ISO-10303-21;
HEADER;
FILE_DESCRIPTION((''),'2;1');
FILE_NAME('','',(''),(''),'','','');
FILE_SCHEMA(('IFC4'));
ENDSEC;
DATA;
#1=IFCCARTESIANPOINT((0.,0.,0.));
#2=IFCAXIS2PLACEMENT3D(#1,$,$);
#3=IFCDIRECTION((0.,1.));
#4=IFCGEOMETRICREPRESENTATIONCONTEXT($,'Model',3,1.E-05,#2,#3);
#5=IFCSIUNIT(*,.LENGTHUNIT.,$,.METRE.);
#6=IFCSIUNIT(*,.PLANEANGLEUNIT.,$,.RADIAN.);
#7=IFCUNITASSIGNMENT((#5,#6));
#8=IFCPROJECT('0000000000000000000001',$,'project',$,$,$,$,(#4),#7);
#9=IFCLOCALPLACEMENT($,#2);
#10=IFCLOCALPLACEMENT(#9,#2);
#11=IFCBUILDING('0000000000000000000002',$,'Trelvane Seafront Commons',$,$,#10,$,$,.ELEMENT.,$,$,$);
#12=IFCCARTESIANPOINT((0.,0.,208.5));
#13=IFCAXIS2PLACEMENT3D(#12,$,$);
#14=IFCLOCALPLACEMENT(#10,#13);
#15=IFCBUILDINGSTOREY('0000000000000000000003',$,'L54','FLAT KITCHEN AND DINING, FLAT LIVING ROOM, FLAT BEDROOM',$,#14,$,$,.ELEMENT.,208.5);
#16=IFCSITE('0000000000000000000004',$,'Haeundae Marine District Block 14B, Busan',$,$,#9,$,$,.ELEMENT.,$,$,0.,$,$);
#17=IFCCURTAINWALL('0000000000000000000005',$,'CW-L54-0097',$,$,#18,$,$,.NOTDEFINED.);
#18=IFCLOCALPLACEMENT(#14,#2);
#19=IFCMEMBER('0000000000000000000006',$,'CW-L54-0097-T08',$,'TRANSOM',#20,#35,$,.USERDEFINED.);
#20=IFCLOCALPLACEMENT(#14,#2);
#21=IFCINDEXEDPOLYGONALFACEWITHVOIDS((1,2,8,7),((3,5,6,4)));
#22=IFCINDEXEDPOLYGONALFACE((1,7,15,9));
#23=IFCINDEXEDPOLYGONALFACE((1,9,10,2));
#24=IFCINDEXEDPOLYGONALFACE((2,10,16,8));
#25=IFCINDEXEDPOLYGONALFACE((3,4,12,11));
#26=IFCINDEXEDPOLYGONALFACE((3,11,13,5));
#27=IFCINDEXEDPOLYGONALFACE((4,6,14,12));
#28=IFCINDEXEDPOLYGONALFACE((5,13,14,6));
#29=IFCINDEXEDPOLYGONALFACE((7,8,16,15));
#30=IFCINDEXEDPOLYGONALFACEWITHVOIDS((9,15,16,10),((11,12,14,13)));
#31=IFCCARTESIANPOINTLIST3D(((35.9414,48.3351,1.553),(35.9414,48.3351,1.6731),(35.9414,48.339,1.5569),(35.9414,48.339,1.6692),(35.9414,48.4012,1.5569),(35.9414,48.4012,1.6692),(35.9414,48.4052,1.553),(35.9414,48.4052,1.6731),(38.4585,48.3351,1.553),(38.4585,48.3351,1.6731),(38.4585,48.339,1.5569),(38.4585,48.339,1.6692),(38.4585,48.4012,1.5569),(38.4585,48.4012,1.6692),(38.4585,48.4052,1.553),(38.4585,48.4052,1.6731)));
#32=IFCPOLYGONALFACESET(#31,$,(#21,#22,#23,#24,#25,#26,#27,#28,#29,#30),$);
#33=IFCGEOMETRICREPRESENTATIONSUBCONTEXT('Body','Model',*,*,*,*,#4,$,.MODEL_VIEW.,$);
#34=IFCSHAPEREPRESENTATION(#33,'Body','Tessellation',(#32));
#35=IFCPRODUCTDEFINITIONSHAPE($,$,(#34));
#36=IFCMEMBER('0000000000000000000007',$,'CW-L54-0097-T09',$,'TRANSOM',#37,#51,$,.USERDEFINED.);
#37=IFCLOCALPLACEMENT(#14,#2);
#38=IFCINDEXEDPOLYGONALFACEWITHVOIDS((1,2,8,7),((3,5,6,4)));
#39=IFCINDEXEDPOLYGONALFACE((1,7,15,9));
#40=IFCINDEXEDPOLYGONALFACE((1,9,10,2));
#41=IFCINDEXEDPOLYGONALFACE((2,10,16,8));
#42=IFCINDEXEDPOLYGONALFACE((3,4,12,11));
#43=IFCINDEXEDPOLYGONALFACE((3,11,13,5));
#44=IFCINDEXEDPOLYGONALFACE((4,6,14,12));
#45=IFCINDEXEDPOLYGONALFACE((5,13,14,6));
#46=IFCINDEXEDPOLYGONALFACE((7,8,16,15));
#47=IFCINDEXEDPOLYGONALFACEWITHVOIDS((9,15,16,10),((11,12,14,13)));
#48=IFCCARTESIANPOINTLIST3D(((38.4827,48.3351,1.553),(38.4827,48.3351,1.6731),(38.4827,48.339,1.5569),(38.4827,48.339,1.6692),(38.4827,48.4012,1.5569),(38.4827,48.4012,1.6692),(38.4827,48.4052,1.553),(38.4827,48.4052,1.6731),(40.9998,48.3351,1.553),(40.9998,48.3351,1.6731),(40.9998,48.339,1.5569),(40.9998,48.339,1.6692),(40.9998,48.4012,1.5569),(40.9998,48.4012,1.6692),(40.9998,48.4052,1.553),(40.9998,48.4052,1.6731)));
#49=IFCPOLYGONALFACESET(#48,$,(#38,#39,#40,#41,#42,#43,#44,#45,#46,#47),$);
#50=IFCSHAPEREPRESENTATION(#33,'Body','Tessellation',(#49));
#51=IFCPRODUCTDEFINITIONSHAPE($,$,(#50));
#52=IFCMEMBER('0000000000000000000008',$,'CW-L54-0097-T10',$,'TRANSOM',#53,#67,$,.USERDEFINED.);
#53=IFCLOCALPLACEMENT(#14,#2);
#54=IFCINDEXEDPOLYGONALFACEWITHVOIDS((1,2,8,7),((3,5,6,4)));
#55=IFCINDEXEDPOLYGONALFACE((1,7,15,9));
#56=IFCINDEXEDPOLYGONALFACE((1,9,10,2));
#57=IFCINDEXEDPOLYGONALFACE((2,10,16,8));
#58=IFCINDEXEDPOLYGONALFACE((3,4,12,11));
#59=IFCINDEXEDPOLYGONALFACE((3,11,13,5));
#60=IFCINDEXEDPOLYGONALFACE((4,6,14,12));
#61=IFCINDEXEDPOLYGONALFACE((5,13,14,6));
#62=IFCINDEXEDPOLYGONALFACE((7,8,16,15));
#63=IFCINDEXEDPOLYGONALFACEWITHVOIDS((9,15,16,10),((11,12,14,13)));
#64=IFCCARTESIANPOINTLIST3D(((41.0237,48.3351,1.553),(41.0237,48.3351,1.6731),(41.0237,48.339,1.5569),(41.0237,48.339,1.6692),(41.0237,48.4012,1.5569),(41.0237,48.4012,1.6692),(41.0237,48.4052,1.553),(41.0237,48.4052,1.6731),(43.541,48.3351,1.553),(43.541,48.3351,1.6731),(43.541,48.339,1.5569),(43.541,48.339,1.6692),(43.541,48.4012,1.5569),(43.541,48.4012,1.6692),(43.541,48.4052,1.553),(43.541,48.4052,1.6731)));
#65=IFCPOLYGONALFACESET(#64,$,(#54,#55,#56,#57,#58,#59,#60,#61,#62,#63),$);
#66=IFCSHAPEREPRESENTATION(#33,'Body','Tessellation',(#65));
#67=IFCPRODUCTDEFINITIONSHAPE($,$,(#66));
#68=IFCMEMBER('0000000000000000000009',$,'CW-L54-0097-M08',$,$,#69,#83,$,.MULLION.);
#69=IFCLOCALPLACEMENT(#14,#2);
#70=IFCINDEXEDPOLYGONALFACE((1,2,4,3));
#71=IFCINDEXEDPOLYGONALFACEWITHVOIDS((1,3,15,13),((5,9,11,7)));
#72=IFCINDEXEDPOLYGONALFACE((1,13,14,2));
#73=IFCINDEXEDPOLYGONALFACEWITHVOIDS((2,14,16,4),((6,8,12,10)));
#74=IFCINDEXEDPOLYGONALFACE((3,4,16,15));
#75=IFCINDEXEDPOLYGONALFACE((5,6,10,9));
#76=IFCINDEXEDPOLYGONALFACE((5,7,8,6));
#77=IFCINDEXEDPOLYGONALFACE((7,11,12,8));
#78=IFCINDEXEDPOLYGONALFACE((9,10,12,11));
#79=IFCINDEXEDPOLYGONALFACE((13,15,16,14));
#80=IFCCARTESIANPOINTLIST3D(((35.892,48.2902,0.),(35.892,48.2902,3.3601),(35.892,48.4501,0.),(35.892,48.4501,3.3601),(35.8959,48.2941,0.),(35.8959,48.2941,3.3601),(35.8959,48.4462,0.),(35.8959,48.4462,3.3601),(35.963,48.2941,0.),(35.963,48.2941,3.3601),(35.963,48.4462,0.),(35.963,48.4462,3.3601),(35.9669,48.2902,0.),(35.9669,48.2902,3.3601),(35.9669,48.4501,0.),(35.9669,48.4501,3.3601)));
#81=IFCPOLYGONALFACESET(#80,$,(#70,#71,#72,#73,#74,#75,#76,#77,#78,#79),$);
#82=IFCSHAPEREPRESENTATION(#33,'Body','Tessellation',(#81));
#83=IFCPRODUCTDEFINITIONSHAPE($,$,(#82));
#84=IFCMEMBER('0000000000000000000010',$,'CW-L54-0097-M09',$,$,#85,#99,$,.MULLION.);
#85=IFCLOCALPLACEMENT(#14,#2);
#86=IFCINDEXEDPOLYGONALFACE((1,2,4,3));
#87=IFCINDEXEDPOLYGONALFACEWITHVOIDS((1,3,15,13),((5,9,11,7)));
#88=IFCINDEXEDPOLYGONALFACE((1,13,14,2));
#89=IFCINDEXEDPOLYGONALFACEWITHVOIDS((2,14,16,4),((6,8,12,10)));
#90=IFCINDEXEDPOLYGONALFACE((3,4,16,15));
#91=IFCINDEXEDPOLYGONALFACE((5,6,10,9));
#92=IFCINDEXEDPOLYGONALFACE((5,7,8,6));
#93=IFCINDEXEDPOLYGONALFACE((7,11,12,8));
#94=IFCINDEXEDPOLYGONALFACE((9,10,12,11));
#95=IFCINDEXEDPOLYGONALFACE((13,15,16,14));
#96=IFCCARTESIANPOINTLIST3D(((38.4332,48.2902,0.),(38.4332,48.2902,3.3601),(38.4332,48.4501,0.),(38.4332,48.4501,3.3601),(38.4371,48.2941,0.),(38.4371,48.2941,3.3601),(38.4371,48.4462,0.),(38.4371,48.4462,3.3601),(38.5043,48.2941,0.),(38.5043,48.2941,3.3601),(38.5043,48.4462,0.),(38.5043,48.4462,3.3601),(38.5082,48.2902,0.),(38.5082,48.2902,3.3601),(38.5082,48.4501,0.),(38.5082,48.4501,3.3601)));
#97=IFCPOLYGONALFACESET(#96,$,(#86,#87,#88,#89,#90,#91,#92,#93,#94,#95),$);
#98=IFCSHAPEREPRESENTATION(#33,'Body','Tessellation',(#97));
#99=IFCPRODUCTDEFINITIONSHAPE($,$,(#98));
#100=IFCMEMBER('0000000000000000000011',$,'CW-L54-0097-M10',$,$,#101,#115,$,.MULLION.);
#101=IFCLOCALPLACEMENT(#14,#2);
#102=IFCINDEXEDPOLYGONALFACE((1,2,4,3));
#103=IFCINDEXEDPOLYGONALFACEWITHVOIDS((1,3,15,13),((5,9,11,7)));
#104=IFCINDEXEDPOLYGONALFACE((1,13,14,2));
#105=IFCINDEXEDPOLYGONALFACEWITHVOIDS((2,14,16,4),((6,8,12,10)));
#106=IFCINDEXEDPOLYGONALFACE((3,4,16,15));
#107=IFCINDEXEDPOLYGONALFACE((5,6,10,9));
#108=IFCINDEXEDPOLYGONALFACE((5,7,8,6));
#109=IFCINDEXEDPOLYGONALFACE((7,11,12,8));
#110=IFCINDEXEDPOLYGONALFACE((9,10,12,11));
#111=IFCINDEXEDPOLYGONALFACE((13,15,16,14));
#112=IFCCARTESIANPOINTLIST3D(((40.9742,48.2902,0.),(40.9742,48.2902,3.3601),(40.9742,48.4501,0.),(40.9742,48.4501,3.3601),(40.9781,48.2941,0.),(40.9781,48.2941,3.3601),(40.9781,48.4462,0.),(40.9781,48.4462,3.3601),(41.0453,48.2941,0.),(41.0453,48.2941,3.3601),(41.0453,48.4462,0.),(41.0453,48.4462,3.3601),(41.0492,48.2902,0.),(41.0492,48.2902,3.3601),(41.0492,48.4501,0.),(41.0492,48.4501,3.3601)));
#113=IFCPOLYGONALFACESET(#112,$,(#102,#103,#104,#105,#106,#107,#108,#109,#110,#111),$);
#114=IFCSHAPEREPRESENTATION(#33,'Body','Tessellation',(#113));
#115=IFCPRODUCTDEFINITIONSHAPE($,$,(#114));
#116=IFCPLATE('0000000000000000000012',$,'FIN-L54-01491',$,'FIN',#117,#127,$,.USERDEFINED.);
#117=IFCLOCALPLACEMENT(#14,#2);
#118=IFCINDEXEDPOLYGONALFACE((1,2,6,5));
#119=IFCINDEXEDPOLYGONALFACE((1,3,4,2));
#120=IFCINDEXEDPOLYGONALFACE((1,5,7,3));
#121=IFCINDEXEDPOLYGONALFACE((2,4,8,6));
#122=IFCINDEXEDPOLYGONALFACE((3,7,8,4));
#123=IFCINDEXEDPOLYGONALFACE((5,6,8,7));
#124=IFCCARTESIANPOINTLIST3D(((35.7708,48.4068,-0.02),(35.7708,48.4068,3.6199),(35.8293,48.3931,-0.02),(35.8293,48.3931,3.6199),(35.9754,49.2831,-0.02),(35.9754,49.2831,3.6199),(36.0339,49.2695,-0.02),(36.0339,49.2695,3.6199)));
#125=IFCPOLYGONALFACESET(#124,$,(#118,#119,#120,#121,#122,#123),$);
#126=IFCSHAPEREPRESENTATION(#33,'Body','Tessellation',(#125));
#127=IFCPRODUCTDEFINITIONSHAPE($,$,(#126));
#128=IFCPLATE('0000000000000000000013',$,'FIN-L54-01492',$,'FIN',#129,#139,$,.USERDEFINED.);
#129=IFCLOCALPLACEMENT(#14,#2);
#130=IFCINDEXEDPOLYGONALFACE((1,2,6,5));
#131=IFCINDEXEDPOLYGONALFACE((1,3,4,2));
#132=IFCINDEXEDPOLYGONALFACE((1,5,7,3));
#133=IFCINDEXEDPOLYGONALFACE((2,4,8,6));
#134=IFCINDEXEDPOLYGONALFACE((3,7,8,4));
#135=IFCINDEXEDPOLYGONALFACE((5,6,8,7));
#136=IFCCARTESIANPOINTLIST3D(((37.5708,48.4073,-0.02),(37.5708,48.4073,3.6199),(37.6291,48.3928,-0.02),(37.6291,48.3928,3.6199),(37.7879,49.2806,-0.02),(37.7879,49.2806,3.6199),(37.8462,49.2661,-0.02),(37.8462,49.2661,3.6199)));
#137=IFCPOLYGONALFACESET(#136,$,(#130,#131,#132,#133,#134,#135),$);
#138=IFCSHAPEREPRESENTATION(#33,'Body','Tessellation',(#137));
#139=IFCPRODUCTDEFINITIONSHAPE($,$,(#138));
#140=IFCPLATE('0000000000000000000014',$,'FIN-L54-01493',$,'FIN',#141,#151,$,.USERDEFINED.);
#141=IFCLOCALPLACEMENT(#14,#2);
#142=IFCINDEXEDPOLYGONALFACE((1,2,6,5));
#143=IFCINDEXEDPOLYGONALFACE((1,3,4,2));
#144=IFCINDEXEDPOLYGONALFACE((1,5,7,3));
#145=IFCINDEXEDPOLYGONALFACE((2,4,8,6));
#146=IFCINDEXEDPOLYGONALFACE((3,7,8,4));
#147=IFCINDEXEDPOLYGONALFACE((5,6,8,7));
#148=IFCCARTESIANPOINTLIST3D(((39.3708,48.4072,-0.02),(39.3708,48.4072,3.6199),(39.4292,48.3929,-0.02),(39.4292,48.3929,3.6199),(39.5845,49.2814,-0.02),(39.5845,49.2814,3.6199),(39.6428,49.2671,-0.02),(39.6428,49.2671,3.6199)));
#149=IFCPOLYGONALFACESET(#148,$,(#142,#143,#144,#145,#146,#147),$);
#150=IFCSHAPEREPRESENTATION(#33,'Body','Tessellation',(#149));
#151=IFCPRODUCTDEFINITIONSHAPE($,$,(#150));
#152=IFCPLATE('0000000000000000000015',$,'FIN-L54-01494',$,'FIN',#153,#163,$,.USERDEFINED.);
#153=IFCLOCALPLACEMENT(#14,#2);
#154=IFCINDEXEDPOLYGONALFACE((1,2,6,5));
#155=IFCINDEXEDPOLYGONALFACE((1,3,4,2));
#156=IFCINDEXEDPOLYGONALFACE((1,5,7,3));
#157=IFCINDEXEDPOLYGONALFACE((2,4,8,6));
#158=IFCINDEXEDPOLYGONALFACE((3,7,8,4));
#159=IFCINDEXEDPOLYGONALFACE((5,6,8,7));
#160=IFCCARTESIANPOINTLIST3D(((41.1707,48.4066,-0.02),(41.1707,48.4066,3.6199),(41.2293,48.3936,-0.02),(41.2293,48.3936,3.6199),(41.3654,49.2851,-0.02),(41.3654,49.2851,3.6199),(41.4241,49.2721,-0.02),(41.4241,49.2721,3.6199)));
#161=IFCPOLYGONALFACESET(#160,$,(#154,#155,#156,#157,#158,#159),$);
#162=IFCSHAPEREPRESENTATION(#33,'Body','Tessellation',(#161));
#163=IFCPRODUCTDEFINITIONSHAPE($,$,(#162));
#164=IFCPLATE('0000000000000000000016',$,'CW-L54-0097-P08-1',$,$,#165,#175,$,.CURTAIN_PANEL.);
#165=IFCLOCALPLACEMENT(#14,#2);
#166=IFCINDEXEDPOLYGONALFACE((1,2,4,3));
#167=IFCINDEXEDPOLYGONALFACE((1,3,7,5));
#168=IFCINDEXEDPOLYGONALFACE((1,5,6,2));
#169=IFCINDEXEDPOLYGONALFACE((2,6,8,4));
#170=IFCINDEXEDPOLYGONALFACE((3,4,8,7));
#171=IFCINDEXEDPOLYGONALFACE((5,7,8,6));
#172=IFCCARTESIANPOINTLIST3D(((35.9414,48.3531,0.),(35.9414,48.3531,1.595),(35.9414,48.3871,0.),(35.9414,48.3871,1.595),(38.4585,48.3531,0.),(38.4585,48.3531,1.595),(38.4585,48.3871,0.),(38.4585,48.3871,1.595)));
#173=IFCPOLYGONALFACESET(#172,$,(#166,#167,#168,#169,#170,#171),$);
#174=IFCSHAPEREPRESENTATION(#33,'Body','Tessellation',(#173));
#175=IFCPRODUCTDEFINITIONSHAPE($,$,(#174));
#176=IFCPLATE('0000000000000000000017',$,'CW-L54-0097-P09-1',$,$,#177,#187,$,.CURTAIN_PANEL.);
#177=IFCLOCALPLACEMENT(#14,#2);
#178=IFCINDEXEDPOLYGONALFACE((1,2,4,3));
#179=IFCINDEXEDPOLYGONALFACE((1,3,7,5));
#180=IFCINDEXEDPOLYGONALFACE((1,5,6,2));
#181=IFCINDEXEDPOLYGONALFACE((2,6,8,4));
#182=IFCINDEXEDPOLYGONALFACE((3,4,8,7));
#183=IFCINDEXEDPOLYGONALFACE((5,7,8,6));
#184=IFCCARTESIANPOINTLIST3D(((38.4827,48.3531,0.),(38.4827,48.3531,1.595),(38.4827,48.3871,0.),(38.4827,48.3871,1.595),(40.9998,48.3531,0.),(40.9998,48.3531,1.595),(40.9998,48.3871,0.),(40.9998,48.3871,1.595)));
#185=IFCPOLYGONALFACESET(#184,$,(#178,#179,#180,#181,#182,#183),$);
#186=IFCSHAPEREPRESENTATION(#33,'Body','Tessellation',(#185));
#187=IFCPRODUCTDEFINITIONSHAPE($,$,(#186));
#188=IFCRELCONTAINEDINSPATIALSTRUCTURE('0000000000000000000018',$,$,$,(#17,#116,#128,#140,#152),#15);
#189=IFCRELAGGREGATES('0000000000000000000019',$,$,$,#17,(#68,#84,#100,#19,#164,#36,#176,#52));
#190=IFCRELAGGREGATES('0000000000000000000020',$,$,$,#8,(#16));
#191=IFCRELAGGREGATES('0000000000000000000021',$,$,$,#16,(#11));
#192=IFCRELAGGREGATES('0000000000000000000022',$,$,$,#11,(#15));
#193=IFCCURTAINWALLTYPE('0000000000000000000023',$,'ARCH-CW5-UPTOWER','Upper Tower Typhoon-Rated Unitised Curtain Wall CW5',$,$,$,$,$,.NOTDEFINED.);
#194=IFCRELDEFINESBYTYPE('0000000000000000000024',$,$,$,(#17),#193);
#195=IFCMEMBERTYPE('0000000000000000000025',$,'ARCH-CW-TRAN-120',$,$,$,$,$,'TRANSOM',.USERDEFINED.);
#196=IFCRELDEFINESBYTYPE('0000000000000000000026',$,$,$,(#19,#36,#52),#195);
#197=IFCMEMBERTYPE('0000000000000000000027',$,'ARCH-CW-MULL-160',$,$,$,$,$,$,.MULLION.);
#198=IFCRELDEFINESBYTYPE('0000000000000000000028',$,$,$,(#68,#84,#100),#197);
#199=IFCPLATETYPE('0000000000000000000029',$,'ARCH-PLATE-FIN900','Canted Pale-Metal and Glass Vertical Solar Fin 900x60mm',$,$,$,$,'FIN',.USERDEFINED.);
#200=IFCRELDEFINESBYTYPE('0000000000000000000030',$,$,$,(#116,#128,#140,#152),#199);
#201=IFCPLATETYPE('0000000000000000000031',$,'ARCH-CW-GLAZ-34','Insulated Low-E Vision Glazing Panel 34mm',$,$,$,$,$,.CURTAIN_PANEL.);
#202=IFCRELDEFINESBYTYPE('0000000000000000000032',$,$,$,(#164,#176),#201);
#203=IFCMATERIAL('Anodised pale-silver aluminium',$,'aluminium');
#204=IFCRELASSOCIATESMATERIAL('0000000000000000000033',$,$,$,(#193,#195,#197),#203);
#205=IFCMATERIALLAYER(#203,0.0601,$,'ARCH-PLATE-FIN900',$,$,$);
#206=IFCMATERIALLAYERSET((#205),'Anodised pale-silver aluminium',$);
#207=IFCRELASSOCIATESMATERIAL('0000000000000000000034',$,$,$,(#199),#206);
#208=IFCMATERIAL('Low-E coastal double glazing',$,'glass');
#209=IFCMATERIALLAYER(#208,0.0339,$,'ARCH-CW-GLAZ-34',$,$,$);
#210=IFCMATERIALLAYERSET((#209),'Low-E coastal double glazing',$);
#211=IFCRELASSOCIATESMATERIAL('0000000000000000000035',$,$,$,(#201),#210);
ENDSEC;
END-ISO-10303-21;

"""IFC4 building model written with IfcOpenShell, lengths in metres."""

from ifc_helpers import new_model, si_unit, direction, frame, origin, origin_2d, place, context, subcontext, project, spatial, rectangle, hollow_rectangle, extrude, source, transform, mapped, material, layer, layer_set, material_profile, profile_set, type_object, element, aggregate, save


model = new_model("IFC4")

# Units and contexts
model_context = context("Model", 3, precision=1e-05, world=origin(), true_north=direction((0.0, 1.0)))
body_context = subcontext(model_context, "Body", "Model", "MODEL_VIEW")
ifc_project = project(units=[si_unit("LENGTHUNIT", "METRE"), si_unit("PLANEANGLEUNIT", "RADIAN")], contexts=[model_context])

# Site, building, storey
site_placement = place(None, origin())
site = spatial("IfcSite", under=ifc_project, at=site_placement, Name="Haeundae Marine District Block 14B, Busan", CompositionType="ELEMENT", RefElevation=0.0)
building_placement = place(site_placement, origin())
building = spatial("IfcBuilding", under=site, at=building_placement, Name="Trelvane Seafront Commons", CompositionType="ELEMENT")
storey_placement = place(building_placement, frame((0.0, 0.0, 208.5)))
storey = spatial("IfcBuildingStorey", under=building, at=storey_placement, Name="L54", Description="FLAT KITCHEN AND DINING, FLAT LIVING ROOM, FLAT BEDROOM", CompositionType="ELEMENT", Elevation=208.5)

# Curtain wall, members
ifc_material_1 = material(Name="Anodised pale-silver aluminium", Category="aluminium")
curtain_wall_type = type_object("IfcCurtainWallType", Name="ARCH-CW5-UPTOWER", Description="Upper Tower Typhoon-Rated Unitised Curtain Wall CW5", PredefinedType="NOTDEFINED", material=ifc_material_1)
curtain_wall_placement = place(storey_placement, origin())
curtain_wall = element("IfcCurtainWall", 1, at=curtain_wall_placement, inside=storey, type_object=curtain_wall_type, Name="CW-L54-0097", PredefinedType="NOTDEFINED")
ifc_material_profile_1 = material_profile(ifc_material_1, hollow_rectangle(XDim=0.0701, YDim=0.1201, WallThickness=0.0039, at=origin_2d()), Name="TRAN-70x120x4")
ifc_profile_set_1 = profile_set([ifc_material_profile_1], Name="Anodised pale-silver aluminium")
member_type_1 = type_object("IfcMemberType", Name="ARCH-CW-TRAN-120", ElementType="TRANSOM", PredefinedType="USERDEFINED", material=ifc_profile_set_1)
shared_shape_1 = source(origin(), body_context, "Body", "SweptSolid", [
    extrude(hollow_rectangle(XDim=0.0701, YDim=0.1201, WallThickness=0.0039, at=origin_2d()), origin(), (0.0, 0.0, 1.0), 2.5171),
])
member_1_placement = place(storey_placement, frame((35.9414, 48.3701, 1.613), z_axis=(1.0, 0.0, 0.0), x_axis=(0.0, 1.0, 0.0)))
member_1 = element("IfcMember", 2, at=member_1_placement, type_object=member_type_1, Name="CW-L54-0097-T08", ObjectType="TRANSOM", PredefinedType="USERDEFINED", context=body_context, shape_type="MappedRepresentation", body=[
    mapped(shared_shape_1, transform((0.0, 0.0, 0.0), x_axis=(1.0, 0.0, 0.0), y_axis=(0.0, 1.0, 0.0), z_axis=(0.0, 0.0, 1.0), scale=1.0)),
])
member_2_placement = place(storey_placement, frame((38.4827, 48.3701, 1.613), z_axis=(1.0, 0.0, 0.0), x_axis=(0.0, 1.0, 0.0)))
member_2 = element("IfcMember", 3, at=member_2_placement, type_object=member_type_1, Name="CW-L54-0097-T09", ObjectType="TRANSOM", PredefinedType="USERDEFINED", context=body_context, shape_type="MappedRepresentation", body=[
    mapped(shared_shape_1, transform((0.0, 0.0, 0.0), x_axis=(1.0, 0.0, 0.0), y_axis=(0.0, 1.0, 0.0), z_axis=(0.0, 0.0, 1.0), scale=1.0)),
])
shared_shape_2 = source(origin(), body_context, "Body", "SweptSolid", [
    extrude(hollow_rectangle(XDim=0.0701, YDim=0.1201, WallThickness=0.0039, at=origin_2d()), origin(), (0.0, 0.0, 1.0), 2.5173),
])
member_3_placement = place(storey_placement, frame((41.0237, 48.3701, 1.613), z_axis=(1.0, 0.0, 0.0), x_axis=(0.0, 1.0, 0.0)))
member_3 = element("IfcMember", 4, at=member_3_placement, type_object=member_type_1, Name="CW-L54-0097-T10", ObjectType="TRANSOM", PredefinedType="USERDEFINED", context=body_context, shape_type="MappedRepresentation", body=[
    mapped(shared_shape_2, transform((0.0, 0.0, 0.0), x_axis=(1.0, 0.0, 0.0), y_axis=(0.0, 1.0, 0.0), z_axis=(0.0, 0.0, 1.0), scale=1.0)),
])
ifc_material_profile_2 = material_profile(ifc_material_1, hollow_rectangle(XDim=0.075, YDim=0.1599, WallThickness=0.0039, at=origin_2d()), Name="MULL-75x160x4")
ifc_profile_set_2 = profile_set([ifc_material_profile_2], Name="Anodised pale-silver aluminium")
member_type_2 = type_object("IfcMemberType", Name="ARCH-CW-MULL-160", PredefinedType="MULLION", material=ifc_profile_set_2)
shared_shape_3 = source(origin(), body_context, "Body", "SweptSolid", [
    extrude(hollow_rectangle(XDim=0.075, YDim=0.1599, WallThickness=0.0039, at=origin_2d()), origin(), (0.0, 0.0, 1.0), 3.3601),
])
member_4_placement = place(storey_placement, frame((35.9294, 48.3701, 0.0), z_axis=(0.0, 0.0, 1.0), x_axis=(1.0, 0.0, 0.0)))
member_4 = element("IfcMember", 5, at=member_4_placement, type_object=member_type_2, Name="CW-L54-0097-M08", PredefinedType="MULLION", context=body_context, shape_type="MappedRepresentation", body=[
    mapped(shared_shape_3, transform((0.0, 0.0, 0.0), x_axis=(1.0, 0.0, 0.0), y_axis=(0.0, 1.0, 0.0), z_axis=(0.0, 0.0, 1.0), scale=1.0)),
])
member_5_placement = place(storey_placement, frame((38.4707, 48.3701, 0.0), z_axis=(0.0, 0.0, 1.0), x_axis=(1.0, 0.0, 0.0)))
member_5 = element("IfcMember", 6, at=member_5_placement, type_object=member_type_2, Name="CW-L54-0097-M09", PredefinedType="MULLION", context=body_context, shape_type="MappedRepresentation", body=[
    mapped(shared_shape_3, transform((0.0, 0.0, 0.0), x_axis=(1.0, 0.0, 0.0), y_axis=(0.0, 1.0, 0.0), z_axis=(0.0, 0.0, 1.0), scale=1.0)),
])
member_6_placement = place(storey_placement, frame((41.0117, 48.3701, 0.0), z_axis=(0.0, 0.0, 1.0), x_axis=(1.0, 0.0, 0.0)))
member_6 = element("IfcMember", 7, at=member_6_placement, type_object=member_type_2, Name="CW-L54-0097-M10", PredefinedType="MULLION", context=body_context, shape_type="MappedRepresentation", body=[
    mapped(shared_shape_3, transform((0.0, 0.0, 0.0), x_axis=(1.0, 0.0, 0.0), y_axis=(0.0, 1.0, 0.0), z_axis=(0.0, 0.0, 1.0), scale=1.0)),
])

# Plates
ifc_layer_1 = layer(ifc_material_1, 0.0601, Name="ARCH-PLATE-FIN900")
ifc_layer_set_1 = layer_set([ifc_layer_1], Name="Anodised pale-silver aluminium")
plate_type_1 = type_object("IfcPlateType", Name="ARCH-PLATE-FIN900", Description="Canted Pale-Metal and Glass Vertical Solar Fin 900x60mm", ElementType="FIN", PredefinedType="USERDEFINED", material=ifc_layer_set_1)
shared_shape_4 = source(origin(), body_context, "Body", "SweptSolid", [
    extrude(rectangle(XDim=0.8999, YDim=0.0601, at=origin_2d()), origin(), (0.0, 0.0, 1.0), 3.6399),
])
for number, where, z_axis, x_axis, name in (
    (8, (35.9023, 48.8381, -0.02), (0.0, 0.0, 1.0), (0.227341, 0.973815, 0.0), "FIN-L54-01491"),
    (9, (37.7085, 48.8367, -0.02), (0.0, 0.0, 1.0), (0.241228, 0.970469, 0.0), "FIN-L54-01492"),
    (10, (39.5068, 48.8372, -0.02), (0.0, 0.0, 1.0), (0.237435, 0.971403, 0.0), "FIN-L54-01493"),
    (11, (41.2974, 48.8394, -0.02), (0.0, 0.0, 1.0), (0.216436, 0.976297, 0.0), "FIN-L54-01494"),
):
    element("IfcPlate", number, at=place(storey_placement, frame(where, z_axis=z_axis, x_axis=x_axis)), inside=storey, type_object=plate_type_1, Name=name, ObjectType="FIN", PredefinedType="USERDEFINED", context=body_context, shape_type="MappedRepresentation", body=[
        mapped(shared_shape_4, transform((0.0, 0.0, 0.0), x_axis=(1.0, 0.0, 0.0), y_axis=(0.0, 1.0, 0.0), z_axis=(0.0, 0.0, 1.0), scale=1.0)),
    ])

# Plates
ifc_material_2 = material(Name="Low-E coastal double glazing", Category="glass")
ifc_layer_2 = layer(ifc_material_2, 0.0339, Name="ARCH-CW-GLAZ-34")
ifc_layer_set_2 = layer_set([ifc_layer_2], Name="Low-E coastal double glazing")
plate_type_2 = type_object("IfcPlateType", Name="ARCH-CW-GLAZ-34", Description="Insulated Low-E Vision Glazing Panel 34mm", PredefinedType="CURTAIN_PANEL", material=ifc_layer_set_2)
shared_shape_5 = source(origin(), body_context, "Body", "SweptSolid", [
    extrude(rectangle(XDim=2.5171, YDim=0.0339, at=origin_2d()), origin(), (0.0, 0.0, 1.0), 1.595),
])
plate_1_placement = place(storey_placement, frame((37.2, 48.3701, 0.0), z_axis=(0.0, 0.0, 1.0), x_axis=(1.0, 0.0, 0.0)))
plate_1 = element("IfcPlate", 12, at=plate_1_placement, type_object=plate_type_2, Name="CW-L54-0097-P08-1", PredefinedType="CURTAIN_PANEL", context=body_context, shape_type="MappedRepresentation", body=[
    mapped(shared_shape_5, transform((0.0, 0.0, 0.0), x_axis=(1.0, 0.0, 0.0), y_axis=(0.0, 1.0, 0.0), z_axis=(0.0, 0.0, 1.0), scale=1.0)),
])
plate_2_placement = place(storey_placement, frame((39.7412, 48.3701, 0.0), z_axis=(0.0, 0.0, 1.0), x_axis=(1.0, 0.0, 0.0)))
plate_2 = element("IfcPlate", 13, at=plate_2_placement, type_object=plate_type_2, Name="CW-L54-0097-P09-1", PredefinedType="CURTAIN_PANEL", context=body_context, shape_type="MappedRepresentation", body=[
    mapped(shared_shape_5, transform((0.0, 0.0, 0.0), x_axis=(1.0, 0.0, 0.0), y_axis=(0.0, 1.0, 0.0), z_axis=(0.0, 0.0, 1.0), scale=1.0)),
])
aggregate(curtain_wall, [member_4, member_5, member_6, member_1, plate_1, member_2, plate_2, member_3])

save(model, "model.ifc")
